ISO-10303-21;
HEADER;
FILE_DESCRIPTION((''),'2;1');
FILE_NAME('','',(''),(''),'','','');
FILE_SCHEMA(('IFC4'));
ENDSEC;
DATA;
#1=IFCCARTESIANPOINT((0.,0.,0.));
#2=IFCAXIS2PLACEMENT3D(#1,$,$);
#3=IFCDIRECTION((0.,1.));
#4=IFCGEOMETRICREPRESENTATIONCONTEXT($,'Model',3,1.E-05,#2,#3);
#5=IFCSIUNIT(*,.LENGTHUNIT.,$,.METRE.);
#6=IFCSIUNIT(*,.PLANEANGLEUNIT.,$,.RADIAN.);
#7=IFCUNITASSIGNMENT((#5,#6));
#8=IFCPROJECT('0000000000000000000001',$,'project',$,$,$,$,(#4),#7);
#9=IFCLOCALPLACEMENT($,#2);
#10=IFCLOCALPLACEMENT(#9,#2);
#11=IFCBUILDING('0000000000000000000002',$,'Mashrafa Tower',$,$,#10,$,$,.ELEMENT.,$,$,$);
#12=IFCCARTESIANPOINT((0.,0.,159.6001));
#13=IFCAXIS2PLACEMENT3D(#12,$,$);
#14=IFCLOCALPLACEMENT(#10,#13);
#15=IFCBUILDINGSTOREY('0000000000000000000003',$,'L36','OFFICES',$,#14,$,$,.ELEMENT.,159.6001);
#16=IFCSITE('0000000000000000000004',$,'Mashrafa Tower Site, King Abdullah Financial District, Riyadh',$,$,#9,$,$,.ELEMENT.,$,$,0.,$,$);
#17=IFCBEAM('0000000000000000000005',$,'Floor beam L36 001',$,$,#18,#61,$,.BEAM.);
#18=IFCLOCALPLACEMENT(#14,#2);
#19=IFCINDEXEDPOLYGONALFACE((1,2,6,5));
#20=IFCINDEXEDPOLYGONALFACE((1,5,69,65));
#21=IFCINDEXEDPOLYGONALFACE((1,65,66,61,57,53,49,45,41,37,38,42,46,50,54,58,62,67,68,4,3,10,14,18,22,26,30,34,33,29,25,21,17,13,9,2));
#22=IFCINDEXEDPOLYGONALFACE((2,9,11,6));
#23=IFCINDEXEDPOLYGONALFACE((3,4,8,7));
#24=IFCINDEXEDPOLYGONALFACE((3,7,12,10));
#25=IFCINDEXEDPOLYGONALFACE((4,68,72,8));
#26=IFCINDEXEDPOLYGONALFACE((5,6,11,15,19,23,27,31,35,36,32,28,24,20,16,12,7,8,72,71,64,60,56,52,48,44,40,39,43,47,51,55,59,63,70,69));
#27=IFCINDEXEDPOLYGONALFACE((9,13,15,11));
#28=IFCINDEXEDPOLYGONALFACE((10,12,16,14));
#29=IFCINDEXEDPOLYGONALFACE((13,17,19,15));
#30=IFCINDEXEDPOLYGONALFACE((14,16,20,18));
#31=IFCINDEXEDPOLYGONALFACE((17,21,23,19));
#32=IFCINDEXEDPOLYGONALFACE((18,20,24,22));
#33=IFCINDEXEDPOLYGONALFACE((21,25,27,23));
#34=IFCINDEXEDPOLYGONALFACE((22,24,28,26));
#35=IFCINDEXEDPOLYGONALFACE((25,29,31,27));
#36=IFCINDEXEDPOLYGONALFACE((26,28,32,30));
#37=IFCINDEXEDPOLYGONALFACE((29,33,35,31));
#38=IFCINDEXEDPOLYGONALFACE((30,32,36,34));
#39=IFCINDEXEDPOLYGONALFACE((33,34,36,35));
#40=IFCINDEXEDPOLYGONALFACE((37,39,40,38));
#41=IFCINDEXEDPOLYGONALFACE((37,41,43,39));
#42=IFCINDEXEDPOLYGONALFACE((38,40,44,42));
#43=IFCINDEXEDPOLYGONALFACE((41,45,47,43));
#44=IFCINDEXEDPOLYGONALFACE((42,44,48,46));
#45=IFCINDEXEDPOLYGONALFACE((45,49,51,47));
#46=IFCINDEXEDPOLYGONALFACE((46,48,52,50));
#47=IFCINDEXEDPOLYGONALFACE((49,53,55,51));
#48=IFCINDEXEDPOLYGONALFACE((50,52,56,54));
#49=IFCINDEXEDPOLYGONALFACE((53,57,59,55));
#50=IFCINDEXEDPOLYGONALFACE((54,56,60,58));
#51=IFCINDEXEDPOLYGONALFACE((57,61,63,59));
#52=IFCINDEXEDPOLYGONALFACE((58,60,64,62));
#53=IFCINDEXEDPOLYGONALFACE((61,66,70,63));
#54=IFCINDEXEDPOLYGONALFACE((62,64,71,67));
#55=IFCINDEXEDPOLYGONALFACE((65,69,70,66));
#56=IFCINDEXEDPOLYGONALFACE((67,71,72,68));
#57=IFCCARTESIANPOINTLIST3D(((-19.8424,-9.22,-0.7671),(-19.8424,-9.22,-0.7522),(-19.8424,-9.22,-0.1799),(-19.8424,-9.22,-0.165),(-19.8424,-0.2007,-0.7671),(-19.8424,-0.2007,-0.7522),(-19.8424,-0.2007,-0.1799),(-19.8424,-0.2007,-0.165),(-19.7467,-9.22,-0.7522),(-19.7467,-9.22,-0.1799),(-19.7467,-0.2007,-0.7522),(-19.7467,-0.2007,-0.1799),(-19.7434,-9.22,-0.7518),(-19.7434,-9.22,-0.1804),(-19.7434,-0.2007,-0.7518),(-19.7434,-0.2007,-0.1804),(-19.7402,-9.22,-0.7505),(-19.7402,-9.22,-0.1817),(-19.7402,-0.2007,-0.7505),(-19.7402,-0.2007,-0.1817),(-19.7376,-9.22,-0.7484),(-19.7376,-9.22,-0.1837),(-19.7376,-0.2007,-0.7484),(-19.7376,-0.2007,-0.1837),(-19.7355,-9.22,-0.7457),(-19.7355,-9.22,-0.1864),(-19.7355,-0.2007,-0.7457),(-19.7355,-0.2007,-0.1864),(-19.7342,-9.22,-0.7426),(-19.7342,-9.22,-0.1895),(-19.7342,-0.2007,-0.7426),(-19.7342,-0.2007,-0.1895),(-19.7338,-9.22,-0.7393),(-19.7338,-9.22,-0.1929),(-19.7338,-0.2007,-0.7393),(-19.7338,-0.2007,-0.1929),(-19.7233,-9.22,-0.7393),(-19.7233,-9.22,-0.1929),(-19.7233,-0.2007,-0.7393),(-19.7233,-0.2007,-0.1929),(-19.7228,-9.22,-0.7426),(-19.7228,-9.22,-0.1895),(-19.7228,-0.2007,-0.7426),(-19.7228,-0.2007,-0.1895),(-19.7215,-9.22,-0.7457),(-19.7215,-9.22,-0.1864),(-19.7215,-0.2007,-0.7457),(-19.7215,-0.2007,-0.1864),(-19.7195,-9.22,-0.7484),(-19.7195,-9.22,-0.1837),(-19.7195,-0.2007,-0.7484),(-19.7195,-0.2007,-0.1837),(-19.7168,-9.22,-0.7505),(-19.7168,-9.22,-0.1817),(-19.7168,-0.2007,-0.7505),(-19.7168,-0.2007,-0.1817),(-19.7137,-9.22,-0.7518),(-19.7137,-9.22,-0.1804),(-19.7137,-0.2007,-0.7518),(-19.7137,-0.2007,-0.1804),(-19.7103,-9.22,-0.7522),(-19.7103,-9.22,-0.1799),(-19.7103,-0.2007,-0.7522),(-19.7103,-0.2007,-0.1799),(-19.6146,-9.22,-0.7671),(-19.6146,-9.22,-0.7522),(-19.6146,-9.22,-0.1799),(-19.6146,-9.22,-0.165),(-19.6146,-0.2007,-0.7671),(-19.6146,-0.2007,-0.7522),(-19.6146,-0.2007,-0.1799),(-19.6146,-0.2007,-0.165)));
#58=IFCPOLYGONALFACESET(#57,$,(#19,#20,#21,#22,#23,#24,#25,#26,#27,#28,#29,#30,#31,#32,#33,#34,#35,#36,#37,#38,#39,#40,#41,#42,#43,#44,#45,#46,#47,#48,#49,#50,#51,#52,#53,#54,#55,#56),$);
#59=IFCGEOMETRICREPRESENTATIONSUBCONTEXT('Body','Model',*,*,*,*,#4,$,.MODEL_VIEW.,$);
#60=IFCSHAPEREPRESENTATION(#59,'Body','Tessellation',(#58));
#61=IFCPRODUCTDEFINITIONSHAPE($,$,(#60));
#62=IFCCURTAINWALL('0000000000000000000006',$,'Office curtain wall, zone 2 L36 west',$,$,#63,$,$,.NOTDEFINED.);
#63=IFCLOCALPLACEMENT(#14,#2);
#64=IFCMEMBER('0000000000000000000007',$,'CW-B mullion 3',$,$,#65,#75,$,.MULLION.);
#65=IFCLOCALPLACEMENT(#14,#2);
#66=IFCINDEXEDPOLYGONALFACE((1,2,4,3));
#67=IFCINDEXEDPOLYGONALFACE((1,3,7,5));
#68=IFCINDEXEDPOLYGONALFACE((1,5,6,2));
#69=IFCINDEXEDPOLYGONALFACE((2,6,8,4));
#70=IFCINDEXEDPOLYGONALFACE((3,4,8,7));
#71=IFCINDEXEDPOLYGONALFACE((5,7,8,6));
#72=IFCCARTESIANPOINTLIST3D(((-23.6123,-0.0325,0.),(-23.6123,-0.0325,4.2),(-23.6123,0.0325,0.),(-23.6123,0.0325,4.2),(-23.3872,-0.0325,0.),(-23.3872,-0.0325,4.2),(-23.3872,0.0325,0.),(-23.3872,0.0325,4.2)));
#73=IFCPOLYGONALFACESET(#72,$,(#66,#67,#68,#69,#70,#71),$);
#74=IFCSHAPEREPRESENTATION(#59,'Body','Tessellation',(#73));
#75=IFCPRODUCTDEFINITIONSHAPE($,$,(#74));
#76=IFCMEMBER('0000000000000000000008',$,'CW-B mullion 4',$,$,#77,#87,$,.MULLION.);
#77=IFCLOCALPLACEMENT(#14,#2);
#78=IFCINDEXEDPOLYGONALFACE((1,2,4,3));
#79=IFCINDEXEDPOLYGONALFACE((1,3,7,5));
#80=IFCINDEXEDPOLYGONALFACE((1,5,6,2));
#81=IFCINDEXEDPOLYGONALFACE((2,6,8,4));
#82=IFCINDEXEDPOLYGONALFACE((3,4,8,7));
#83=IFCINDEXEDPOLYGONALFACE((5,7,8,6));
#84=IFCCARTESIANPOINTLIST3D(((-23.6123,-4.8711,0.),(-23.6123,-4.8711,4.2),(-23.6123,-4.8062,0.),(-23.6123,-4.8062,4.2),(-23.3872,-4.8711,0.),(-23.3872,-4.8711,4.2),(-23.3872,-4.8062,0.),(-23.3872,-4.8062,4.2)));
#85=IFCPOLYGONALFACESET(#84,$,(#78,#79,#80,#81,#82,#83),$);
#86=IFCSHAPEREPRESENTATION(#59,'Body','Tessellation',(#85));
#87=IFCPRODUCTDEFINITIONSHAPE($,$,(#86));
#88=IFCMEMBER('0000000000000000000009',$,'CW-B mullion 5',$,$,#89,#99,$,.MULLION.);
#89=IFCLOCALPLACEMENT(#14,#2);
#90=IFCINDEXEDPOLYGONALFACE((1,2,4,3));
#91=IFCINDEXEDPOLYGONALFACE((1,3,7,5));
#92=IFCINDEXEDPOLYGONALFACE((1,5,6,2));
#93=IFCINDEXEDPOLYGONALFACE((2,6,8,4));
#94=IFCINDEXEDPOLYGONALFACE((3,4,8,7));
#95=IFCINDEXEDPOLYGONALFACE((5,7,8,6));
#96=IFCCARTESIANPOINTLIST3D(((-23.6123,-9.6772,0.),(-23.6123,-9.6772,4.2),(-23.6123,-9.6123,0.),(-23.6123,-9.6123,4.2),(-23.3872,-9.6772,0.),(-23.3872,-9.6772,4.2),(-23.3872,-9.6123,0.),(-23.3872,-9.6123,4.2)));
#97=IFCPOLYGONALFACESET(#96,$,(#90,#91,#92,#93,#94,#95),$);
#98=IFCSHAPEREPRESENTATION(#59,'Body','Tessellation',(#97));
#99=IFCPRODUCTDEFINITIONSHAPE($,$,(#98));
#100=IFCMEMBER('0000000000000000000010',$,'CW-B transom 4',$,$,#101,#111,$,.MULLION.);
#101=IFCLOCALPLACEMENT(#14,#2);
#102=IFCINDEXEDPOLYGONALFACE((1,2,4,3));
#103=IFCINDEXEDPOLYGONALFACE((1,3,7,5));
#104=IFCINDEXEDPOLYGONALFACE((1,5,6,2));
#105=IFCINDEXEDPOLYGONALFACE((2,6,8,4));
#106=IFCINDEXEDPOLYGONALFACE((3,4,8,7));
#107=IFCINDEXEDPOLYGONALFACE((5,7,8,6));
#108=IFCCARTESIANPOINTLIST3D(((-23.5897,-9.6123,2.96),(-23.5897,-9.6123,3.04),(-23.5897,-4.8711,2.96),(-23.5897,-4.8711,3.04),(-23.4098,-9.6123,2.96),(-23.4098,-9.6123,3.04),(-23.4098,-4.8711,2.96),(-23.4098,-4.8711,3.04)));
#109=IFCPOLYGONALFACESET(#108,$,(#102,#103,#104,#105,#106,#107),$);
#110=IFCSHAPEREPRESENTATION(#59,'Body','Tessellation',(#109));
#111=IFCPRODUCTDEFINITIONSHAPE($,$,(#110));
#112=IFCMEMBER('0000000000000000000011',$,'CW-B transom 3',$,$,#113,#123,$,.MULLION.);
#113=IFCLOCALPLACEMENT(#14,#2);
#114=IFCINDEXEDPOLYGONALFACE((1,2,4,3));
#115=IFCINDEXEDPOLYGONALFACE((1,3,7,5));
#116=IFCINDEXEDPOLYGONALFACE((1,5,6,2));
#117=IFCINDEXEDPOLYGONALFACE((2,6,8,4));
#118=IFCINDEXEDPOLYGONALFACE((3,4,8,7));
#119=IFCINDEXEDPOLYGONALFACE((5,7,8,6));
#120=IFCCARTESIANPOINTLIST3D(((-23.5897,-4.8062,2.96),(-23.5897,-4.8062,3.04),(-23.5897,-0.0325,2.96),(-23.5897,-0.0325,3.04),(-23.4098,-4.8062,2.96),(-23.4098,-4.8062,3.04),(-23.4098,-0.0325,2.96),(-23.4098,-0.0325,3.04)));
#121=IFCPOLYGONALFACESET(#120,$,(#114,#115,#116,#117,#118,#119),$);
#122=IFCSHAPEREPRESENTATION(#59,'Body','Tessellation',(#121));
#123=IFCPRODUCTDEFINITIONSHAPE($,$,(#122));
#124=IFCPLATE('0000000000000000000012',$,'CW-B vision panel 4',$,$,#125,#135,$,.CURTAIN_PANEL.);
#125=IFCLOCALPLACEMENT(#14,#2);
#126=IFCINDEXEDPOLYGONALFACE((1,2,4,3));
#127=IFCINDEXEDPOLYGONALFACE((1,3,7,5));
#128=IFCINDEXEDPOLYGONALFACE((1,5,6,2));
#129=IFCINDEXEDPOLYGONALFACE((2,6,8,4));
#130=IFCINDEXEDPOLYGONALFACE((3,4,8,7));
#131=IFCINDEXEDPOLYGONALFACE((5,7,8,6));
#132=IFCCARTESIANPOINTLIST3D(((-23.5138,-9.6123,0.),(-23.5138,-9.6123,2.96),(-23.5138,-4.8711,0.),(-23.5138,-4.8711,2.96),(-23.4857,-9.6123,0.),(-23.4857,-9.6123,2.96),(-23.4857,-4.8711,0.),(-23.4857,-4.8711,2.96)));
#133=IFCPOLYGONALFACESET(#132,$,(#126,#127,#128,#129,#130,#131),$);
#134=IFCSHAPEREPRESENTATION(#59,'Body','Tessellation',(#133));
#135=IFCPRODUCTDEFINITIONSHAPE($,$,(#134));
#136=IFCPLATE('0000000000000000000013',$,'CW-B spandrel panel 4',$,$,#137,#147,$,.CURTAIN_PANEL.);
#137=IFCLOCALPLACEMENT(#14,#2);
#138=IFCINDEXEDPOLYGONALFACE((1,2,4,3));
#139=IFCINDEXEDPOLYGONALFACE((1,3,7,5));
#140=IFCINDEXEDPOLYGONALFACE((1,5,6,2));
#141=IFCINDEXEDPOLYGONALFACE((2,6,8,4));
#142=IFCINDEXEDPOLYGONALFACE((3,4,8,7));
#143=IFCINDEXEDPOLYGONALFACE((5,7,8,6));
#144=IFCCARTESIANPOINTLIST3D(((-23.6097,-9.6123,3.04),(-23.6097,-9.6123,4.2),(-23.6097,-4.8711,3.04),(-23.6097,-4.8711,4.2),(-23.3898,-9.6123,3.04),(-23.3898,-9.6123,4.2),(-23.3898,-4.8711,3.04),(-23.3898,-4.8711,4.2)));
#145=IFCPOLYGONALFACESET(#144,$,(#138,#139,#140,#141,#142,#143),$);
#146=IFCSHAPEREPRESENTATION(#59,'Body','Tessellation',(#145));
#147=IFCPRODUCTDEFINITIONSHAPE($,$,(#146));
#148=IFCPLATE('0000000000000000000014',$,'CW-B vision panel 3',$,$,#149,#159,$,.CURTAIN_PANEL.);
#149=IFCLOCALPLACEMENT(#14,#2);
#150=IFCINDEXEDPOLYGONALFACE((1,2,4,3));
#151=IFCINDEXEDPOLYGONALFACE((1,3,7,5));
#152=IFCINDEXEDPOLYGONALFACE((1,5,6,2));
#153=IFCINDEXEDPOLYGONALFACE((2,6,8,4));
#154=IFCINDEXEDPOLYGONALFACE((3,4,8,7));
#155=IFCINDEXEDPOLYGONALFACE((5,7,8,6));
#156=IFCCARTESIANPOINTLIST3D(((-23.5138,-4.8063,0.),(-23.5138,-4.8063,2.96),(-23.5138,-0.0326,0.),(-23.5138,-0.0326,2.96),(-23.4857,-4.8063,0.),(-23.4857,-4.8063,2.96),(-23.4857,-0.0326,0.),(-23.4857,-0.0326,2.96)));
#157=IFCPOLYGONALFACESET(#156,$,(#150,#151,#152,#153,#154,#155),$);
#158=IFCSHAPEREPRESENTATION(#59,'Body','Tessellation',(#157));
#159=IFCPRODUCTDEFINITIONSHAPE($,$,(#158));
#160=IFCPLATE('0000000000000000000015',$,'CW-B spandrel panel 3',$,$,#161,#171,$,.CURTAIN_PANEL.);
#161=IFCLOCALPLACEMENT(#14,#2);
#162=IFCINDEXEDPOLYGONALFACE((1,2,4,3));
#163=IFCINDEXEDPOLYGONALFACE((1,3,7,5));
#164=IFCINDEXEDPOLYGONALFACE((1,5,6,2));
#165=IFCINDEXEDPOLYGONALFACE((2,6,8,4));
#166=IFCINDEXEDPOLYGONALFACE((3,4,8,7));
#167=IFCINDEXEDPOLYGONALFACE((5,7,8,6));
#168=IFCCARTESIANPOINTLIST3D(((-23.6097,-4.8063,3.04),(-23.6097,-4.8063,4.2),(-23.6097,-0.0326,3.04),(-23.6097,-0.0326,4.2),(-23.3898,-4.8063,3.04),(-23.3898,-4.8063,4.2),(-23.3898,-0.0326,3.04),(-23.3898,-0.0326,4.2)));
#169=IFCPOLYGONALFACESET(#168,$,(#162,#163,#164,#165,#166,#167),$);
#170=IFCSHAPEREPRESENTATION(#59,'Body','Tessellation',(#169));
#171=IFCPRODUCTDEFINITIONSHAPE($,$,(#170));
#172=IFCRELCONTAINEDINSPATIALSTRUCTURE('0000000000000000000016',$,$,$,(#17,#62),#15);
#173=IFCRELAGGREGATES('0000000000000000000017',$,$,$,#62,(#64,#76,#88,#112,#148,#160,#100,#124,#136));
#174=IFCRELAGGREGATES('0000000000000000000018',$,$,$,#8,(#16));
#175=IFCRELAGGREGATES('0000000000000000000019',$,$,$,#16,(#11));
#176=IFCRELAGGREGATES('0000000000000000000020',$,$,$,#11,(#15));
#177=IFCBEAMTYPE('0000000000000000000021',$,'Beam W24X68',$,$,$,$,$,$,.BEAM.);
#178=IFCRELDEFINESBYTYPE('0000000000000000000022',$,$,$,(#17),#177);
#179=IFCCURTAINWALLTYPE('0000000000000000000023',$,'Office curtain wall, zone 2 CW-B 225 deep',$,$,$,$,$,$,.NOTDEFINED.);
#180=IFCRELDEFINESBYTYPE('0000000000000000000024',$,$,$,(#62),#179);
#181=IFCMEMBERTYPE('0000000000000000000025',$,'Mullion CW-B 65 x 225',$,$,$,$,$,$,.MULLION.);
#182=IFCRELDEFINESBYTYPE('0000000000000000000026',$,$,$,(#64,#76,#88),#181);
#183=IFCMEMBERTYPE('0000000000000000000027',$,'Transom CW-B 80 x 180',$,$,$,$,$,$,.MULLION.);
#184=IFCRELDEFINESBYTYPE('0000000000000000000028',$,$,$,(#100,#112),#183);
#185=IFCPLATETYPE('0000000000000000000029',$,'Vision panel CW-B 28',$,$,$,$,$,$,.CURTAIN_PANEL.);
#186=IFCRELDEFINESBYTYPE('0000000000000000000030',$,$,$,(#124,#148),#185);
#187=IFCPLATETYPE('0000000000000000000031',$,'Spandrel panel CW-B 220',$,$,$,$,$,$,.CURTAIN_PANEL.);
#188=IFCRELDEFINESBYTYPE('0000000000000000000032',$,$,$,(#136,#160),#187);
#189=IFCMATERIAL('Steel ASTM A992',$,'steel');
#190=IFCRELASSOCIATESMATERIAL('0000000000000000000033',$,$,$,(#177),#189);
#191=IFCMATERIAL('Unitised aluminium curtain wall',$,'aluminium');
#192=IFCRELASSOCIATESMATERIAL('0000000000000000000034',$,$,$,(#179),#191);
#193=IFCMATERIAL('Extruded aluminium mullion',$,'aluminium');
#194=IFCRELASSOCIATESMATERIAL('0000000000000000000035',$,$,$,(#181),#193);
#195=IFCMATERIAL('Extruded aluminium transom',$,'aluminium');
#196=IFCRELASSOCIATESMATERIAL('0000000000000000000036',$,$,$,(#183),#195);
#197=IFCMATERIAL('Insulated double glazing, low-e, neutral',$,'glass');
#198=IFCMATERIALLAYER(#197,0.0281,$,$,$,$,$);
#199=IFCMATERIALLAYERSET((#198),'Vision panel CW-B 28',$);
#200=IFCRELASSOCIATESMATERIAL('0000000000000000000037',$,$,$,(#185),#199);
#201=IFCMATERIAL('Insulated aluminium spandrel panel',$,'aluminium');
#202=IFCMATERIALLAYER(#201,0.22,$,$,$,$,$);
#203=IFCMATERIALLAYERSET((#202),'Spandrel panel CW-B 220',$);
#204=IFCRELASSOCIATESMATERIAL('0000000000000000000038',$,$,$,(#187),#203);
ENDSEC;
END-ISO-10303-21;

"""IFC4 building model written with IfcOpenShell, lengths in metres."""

from ifc_helpers import new_model, si_unit, direction, frame, origin, origin_2d, place, context, subcontext, project, spatial, rectangle, i_section, extrude, source, transform, mapped, material, layer, layer_set, material_profile, profile_set, type_object, type_shapes, element, aggregate, save


model = new_model("IFC4")

# Units and contexts
model_context = context("Model", 3, precision=1e-05, world=origin(), true_north=direction((0.0, 1.0)))
body_context = subcontext(model_context, "Body", "Model", "MODEL_VIEW")
ifc_project = project(units=[si_unit("LENGTHUNIT", "METRE"), si_unit("PLANEANGLEUNIT", "RADIAN")], contexts=[model_context])

# Site, building, storey
site_placement = place(None, origin())
site = spatial("IfcSite", under=ifc_project, at=site_placement, Name="Mashrafa Tower Site, King Abdullah Financial District, Riyadh", CompositionType="ELEMENT", RefElevation=0.0)
building_placement = place(site_placement, origin())
building = spatial("IfcBuilding", under=site, at=building_placement, Name="Mashrafa Tower", CompositionType="ELEMENT")
storey_placement = place(building_placement, frame((0.0, 0.0, 159.6001)))
storey = spatial("IfcBuildingStorey", under=building, at=storey_placement, Name="L36", Description="OFFICES", CompositionType="ELEMENT", Elevation=159.6001)

# Beam
ifc_material_1 = material(Name="Steel ASTM A992", Category="steel")
ifc_material_profile_1 = material_profile(ifc_material_1, i_section(OverallWidth=0.2278, OverallDepth=0.6021, WebThickness=0.0105, FlangeThickness=0.0149, FilletRadius=0.0129, at=origin_2d()), Name="W24X68")
ifc_profile_set_1 = profile_set([ifc_material_profile_1], Name="Steel ASTM A992")
beam_type_1 = type_object("IfcBeamType", Name="Beam W24X68", PredefinedType="BEAM", material=ifc_profile_set_1)
beam_1_placement = place(storey_placement, frame((-19.7285, -9.22, -0.4661), z_axis=(0.0, 1.0, 0.0), x_axis=(-1.0, 0.0, 0.0)))
element("IfcBeam", 1, at=beam_1_placement, inside=storey, type_object=beam_type_1, Name="Floor beam L36 001", PredefinedType="BEAM", context=body_context, shape_type="SweptSolid", body=[
    extrude(i_section(OverallWidth=0.2278, OverallDepth=0.6021, WebThickness=0.0105, FlangeThickness=0.0149, FilletRadius=0.0129, at=origin_2d()), origin(), (0.0, 0.0, 1.0), 9.0193),
])

# Curtain wall, members, plates
ifc_material_2 = material(Name="Unitised aluminium curtain wall", Category="aluminium")
curtain_wall_type = type_object("IfcCurtainWallType", Name="Office curtain wall, zone 2 CW-B 225 deep", PredefinedType="NOTDEFINED", material=ifc_material_2)
curtain_wall_placement = place(storey_placement, origin())
curtain_wall = element("IfcCurtainWall", 2, at=curtain_wall_placement, inside=storey, type_object=curtain_wall_type, Name="Office curtain wall, zone 2 L36 west", PredefinedType="NOTDEFINED")
ifc_material_3 = material(Name="Extruded aluminium mullion", Category="aluminium")
ifc_material_profile_2 = material_profile(ifc_material_3, rectangle(XDim=0.2251, YDim=0.0649, at=origin_2d()), Name="Mullion 65x225")
ifc_profile_set_2 = profile_set([ifc_material_profile_2], Name="Extruded aluminium mullion")
member_type_1 = type_object("IfcMemberType", Name="Mullion CW-B 65 x 225", PredefinedType="MULLION", material=ifc_profile_set_2)
shared_shape_1 = source(origin(), body_context, "Body", "SweptSolid", [
    extrude(rectangle(XDim=0.2251, YDim=0.0649, at=origin_2d()), origin(), (0.0, 0.0, 1.0), 4.2),
])
type_shapes(member_type_1, [shared_shape_1])
member_1_placement = place(storey_placement, frame((-23.4998, 0.0, 0.0), z_axis=(0.0, 0.0, 1.0), x_axis=(1.0, 0.0, 0.0)))
member_1 = element("IfcMember", 3, at=member_1_placement, type_object=member_type_1, Name="CW-B mullion 3", PredefinedType="MULLION", context=body_context, shape_type="MappedRepresentation", body=[
    mapped(shared_shape_1, transform((0.0, 0.0, 0.0))),
])
member_2_placement = place(storey_placement, frame((-23.4998, -4.8386, 0.0), z_axis=(0.0, 0.0, 1.0), x_axis=(1.0, 0.0, 0.0)))
member_2 = element("IfcMember", 4, at=member_2_placement, type_object=member_type_1, Name="CW-B mullion 4", PredefinedType="MULLION", context=body_context, shape_type="MappedRepresentation", body=[
    mapped(shared_shape_1, transform((0.0, 0.0, 0.0))),
])
member_3_placement = place(storey_placement, frame((-23.4998, -9.6448, 0.0), z_axis=(0.0, 0.0, 1.0), x_axis=(1.0, 0.0, 0.0)))
member_3 = element("IfcMember", 5, at=member_3_placement, type_object=member_type_1, Name="CW-B mullion 5", PredefinedType="MULLION", context=body_context, shape_type="MappedRepresentation", body=[
    mapped(shared_shape_1, transform((0.0, 0.0, 0.0))),
])
ifc_material_4 = material(Name="Extruded aluminium transom", Category="aluminium")
ifc_material_profile_3 = material_profile(ifc_material_4, rectangle(XDim=0.1799, YDim=0.0801, at=origin_2d()), Name="Transom 80x180")
ifc_profile_set_3 = profile_set([ifc_material_profile_3], Name="Extruded aluminium transom")
member_type_2 = type_object("IfcMemberType", Name="Transom CW-B 80 x 180", PredefinedType="MULLION", material=ifc_profile_set_3)
shared_shape_2 = source(origin(), body_context, "Body", "SweptSolid", [
    extrude(rectangle(XDim=0.1799, YDim=0.0801, at=origin_2d()), origin(), (0.0, 0.0, 1.0), 4.7412),
])
member_4_placement = place(storey_placement, frame((-23.4998, -4.8711, 3.0), z_axis=(0.0, -1.0, 0.0), x_axis=(1.0, 0.0, 0.0)))
member_4 = element("IfcMember", 6, at=member_4_placement, type_object=member_type_2, Name="CW-B transom 4", PredefinedType="MULLION", context=body_context, shape_type="MappedRepresentation", body=[
    mapped(shared_shape_2, transform((0.0, 0.0, 0.0))),
])
shared_shape_3 = source(origin(), body_context, "Body", "SweptSolid", [
    extrude(rectangle(XDim=0.1799, YDim=0.0801, at=origin_2d()), origin(), (0.0, 0.0, 1.0), 4.7737),
])
type_shapes(member_type_2, [shared_shape_2, shared_shape_3])
member_5_placement = place(storey_placement, frame((-23.4998, -0.0325, 3.0), z_axis=(0.0, -1.0, 0.0), x_axis=(1.0, 0.0, 0.0)))
member_5 = element("IfcMember", 7, at=member_5_placement, type_object=member_type_2, Name="CW-B transom 3", PredefinedType="MULLION", context=body_context, shape_type="MappedRepresentation", body=[
    mapped(shared_shape_3, transform((0.0, 0.0, 0.0))),
])
ifc_material_5 = material(Name="Insulated double glazing, low-e, neutral", Category="glass")
ifc_layer_1 = layer(ifc_material_5, 0.0281)
ifc_layer_set_1 = layer_set([ifc_layer_1], Name="Vision panel CW-B 28")
plate_type_1 = type_object("IfcPlateType", Name="Vision panel CW-B 28", PredefinedType="CURTAIN_PANEL", material=ifc_layer_set_1)
shared_shape_4 = source(origin(), body_context, "Body", "SweptSolid", [
    extrude(rectangle(XDim=4.7412, YDim=0.0281, at=origin_2d()), origin(), (0.0, 0.0, 1.0), 2.96),
])
plate_1_placement = place(storey_placement, frame((-23.4998, -7.2417, 0.0), z_axis=(0.0, 0.0, 1.0), x_axis=(0.0, -1.0, 0.0)))
plate_1 = element("IfcPlate", 8, at=plate_1_placement, type_object=plate_type_1, Name="CW-B vision panel 4", PredefinedType="CURTAIN_PANEL", context=body_context, shape_type="MappedRepresentation", body=[
    mapped(shared_shape_4, transform((0.0, 0.0, 0.0))),
])
ifc_material_6 = material(Name="Insulated aluminium spandrel panel", Category="aluminium")
ifc_layer_2 = layer(ifc_material_6, 0.22)
ifc_layer_set_2 = layer_set([ifc_layer_2], Name="Spandrel panel CW-B 220")
plate_type_2 = type_object("IfcPlateType", Name="Spandrel panel CW-B 220", PredefinedType="CURTAIN_PANEL", material=ifc_layer_set_2)
shared_shape_5 = source(origin(), body_context, "Body", "SweptSolid", [
    extrude(rectangle(XDim=4.7412, YDim=0.22, at=origin_2d()), origin(), (0.0, 0.0, 1.0), 1.1599),
])
plate_2_placement = place(storey_placement, frame((-23.4998, -7.2417, 3.04), z_axis=(0.0, 0.0, 1.0), x_axis=(0.0, -1.0, 0.0)))
plate_2 = element("IfcPlate", 9, at=plate_2_placement, type_object=plate_type_2, Name="CW-B spandrel panel 4", PredefinedType="CURTAIN_PANEL", context=body_context, shape_type="MappedRepresentation", body=[
    mapped(shared_shape_5, transform((0.0, 0.0, 0.0))),
])
shared_shape_6 = source(origin(), body_context, "Body", "SweptSolid", [
    extrude(rectangle(XDim=4.7737, YDim=0.0281, at=origin_2d()), origin(), (0.0, 0.0, 1.0), 2.96),
])
type_shapes(plate_type_1, [shared_shape_4, shared_shape_6])
plate_3_placement = place(storey_placement, frame((-23.4998, -2.4194, 0.0), z_axis=(0.0, 0.0, 1.0), x_axis=(0.0, -1.0, 0.0)))
plate_3 = element("IfcPlate", 10, at=plate_3_placement, type_object=plate_type_1, Name="CW-B vision panel 3", PredefinedType="CURTAIN_PANEL", context=body_context, shape_type="MappedRepresentation", body=[
    mapped(shared_shape_6, transform((0.0, 0.0, 0.0))),
])
shared_shape_7 = source(origin(), body_context, "Body", "SweptSolid", [
    extrude(rectangle(XDim=4.7737, YDim=0.22, at=origin_2d()), origin(), (0.0, 0.0, 1.0), 1.1599),
])
type_shapes(plate_type_2, [shared_shape_5, shared_shape_7])
plate_4_placement = place(storey_placement, frame((-23.4998, -2.4194, 3.04), z_axis=(0.0, 0.0, 1.0), x_axis=(0.0, -1.0, 0.0)))
plate_4 = element("IfcPlate", 11, at=plate_4_placement, type_object=plate_type_2, Name="CW-B spandrel panel 3", PredefinedType="CURTAIN_PANEL", context=body_context, shape_type="MappedRepresentation", body=[
    mapped(shared_shape_7, transform((0.0, 0.0, 0.0))),
])
aggregate(curtain_wall, [member_1, member_2, member_3, member_5, plate_3, plate_4, member_4, plate_1, plate_2])

save(model, "model.ifc")
